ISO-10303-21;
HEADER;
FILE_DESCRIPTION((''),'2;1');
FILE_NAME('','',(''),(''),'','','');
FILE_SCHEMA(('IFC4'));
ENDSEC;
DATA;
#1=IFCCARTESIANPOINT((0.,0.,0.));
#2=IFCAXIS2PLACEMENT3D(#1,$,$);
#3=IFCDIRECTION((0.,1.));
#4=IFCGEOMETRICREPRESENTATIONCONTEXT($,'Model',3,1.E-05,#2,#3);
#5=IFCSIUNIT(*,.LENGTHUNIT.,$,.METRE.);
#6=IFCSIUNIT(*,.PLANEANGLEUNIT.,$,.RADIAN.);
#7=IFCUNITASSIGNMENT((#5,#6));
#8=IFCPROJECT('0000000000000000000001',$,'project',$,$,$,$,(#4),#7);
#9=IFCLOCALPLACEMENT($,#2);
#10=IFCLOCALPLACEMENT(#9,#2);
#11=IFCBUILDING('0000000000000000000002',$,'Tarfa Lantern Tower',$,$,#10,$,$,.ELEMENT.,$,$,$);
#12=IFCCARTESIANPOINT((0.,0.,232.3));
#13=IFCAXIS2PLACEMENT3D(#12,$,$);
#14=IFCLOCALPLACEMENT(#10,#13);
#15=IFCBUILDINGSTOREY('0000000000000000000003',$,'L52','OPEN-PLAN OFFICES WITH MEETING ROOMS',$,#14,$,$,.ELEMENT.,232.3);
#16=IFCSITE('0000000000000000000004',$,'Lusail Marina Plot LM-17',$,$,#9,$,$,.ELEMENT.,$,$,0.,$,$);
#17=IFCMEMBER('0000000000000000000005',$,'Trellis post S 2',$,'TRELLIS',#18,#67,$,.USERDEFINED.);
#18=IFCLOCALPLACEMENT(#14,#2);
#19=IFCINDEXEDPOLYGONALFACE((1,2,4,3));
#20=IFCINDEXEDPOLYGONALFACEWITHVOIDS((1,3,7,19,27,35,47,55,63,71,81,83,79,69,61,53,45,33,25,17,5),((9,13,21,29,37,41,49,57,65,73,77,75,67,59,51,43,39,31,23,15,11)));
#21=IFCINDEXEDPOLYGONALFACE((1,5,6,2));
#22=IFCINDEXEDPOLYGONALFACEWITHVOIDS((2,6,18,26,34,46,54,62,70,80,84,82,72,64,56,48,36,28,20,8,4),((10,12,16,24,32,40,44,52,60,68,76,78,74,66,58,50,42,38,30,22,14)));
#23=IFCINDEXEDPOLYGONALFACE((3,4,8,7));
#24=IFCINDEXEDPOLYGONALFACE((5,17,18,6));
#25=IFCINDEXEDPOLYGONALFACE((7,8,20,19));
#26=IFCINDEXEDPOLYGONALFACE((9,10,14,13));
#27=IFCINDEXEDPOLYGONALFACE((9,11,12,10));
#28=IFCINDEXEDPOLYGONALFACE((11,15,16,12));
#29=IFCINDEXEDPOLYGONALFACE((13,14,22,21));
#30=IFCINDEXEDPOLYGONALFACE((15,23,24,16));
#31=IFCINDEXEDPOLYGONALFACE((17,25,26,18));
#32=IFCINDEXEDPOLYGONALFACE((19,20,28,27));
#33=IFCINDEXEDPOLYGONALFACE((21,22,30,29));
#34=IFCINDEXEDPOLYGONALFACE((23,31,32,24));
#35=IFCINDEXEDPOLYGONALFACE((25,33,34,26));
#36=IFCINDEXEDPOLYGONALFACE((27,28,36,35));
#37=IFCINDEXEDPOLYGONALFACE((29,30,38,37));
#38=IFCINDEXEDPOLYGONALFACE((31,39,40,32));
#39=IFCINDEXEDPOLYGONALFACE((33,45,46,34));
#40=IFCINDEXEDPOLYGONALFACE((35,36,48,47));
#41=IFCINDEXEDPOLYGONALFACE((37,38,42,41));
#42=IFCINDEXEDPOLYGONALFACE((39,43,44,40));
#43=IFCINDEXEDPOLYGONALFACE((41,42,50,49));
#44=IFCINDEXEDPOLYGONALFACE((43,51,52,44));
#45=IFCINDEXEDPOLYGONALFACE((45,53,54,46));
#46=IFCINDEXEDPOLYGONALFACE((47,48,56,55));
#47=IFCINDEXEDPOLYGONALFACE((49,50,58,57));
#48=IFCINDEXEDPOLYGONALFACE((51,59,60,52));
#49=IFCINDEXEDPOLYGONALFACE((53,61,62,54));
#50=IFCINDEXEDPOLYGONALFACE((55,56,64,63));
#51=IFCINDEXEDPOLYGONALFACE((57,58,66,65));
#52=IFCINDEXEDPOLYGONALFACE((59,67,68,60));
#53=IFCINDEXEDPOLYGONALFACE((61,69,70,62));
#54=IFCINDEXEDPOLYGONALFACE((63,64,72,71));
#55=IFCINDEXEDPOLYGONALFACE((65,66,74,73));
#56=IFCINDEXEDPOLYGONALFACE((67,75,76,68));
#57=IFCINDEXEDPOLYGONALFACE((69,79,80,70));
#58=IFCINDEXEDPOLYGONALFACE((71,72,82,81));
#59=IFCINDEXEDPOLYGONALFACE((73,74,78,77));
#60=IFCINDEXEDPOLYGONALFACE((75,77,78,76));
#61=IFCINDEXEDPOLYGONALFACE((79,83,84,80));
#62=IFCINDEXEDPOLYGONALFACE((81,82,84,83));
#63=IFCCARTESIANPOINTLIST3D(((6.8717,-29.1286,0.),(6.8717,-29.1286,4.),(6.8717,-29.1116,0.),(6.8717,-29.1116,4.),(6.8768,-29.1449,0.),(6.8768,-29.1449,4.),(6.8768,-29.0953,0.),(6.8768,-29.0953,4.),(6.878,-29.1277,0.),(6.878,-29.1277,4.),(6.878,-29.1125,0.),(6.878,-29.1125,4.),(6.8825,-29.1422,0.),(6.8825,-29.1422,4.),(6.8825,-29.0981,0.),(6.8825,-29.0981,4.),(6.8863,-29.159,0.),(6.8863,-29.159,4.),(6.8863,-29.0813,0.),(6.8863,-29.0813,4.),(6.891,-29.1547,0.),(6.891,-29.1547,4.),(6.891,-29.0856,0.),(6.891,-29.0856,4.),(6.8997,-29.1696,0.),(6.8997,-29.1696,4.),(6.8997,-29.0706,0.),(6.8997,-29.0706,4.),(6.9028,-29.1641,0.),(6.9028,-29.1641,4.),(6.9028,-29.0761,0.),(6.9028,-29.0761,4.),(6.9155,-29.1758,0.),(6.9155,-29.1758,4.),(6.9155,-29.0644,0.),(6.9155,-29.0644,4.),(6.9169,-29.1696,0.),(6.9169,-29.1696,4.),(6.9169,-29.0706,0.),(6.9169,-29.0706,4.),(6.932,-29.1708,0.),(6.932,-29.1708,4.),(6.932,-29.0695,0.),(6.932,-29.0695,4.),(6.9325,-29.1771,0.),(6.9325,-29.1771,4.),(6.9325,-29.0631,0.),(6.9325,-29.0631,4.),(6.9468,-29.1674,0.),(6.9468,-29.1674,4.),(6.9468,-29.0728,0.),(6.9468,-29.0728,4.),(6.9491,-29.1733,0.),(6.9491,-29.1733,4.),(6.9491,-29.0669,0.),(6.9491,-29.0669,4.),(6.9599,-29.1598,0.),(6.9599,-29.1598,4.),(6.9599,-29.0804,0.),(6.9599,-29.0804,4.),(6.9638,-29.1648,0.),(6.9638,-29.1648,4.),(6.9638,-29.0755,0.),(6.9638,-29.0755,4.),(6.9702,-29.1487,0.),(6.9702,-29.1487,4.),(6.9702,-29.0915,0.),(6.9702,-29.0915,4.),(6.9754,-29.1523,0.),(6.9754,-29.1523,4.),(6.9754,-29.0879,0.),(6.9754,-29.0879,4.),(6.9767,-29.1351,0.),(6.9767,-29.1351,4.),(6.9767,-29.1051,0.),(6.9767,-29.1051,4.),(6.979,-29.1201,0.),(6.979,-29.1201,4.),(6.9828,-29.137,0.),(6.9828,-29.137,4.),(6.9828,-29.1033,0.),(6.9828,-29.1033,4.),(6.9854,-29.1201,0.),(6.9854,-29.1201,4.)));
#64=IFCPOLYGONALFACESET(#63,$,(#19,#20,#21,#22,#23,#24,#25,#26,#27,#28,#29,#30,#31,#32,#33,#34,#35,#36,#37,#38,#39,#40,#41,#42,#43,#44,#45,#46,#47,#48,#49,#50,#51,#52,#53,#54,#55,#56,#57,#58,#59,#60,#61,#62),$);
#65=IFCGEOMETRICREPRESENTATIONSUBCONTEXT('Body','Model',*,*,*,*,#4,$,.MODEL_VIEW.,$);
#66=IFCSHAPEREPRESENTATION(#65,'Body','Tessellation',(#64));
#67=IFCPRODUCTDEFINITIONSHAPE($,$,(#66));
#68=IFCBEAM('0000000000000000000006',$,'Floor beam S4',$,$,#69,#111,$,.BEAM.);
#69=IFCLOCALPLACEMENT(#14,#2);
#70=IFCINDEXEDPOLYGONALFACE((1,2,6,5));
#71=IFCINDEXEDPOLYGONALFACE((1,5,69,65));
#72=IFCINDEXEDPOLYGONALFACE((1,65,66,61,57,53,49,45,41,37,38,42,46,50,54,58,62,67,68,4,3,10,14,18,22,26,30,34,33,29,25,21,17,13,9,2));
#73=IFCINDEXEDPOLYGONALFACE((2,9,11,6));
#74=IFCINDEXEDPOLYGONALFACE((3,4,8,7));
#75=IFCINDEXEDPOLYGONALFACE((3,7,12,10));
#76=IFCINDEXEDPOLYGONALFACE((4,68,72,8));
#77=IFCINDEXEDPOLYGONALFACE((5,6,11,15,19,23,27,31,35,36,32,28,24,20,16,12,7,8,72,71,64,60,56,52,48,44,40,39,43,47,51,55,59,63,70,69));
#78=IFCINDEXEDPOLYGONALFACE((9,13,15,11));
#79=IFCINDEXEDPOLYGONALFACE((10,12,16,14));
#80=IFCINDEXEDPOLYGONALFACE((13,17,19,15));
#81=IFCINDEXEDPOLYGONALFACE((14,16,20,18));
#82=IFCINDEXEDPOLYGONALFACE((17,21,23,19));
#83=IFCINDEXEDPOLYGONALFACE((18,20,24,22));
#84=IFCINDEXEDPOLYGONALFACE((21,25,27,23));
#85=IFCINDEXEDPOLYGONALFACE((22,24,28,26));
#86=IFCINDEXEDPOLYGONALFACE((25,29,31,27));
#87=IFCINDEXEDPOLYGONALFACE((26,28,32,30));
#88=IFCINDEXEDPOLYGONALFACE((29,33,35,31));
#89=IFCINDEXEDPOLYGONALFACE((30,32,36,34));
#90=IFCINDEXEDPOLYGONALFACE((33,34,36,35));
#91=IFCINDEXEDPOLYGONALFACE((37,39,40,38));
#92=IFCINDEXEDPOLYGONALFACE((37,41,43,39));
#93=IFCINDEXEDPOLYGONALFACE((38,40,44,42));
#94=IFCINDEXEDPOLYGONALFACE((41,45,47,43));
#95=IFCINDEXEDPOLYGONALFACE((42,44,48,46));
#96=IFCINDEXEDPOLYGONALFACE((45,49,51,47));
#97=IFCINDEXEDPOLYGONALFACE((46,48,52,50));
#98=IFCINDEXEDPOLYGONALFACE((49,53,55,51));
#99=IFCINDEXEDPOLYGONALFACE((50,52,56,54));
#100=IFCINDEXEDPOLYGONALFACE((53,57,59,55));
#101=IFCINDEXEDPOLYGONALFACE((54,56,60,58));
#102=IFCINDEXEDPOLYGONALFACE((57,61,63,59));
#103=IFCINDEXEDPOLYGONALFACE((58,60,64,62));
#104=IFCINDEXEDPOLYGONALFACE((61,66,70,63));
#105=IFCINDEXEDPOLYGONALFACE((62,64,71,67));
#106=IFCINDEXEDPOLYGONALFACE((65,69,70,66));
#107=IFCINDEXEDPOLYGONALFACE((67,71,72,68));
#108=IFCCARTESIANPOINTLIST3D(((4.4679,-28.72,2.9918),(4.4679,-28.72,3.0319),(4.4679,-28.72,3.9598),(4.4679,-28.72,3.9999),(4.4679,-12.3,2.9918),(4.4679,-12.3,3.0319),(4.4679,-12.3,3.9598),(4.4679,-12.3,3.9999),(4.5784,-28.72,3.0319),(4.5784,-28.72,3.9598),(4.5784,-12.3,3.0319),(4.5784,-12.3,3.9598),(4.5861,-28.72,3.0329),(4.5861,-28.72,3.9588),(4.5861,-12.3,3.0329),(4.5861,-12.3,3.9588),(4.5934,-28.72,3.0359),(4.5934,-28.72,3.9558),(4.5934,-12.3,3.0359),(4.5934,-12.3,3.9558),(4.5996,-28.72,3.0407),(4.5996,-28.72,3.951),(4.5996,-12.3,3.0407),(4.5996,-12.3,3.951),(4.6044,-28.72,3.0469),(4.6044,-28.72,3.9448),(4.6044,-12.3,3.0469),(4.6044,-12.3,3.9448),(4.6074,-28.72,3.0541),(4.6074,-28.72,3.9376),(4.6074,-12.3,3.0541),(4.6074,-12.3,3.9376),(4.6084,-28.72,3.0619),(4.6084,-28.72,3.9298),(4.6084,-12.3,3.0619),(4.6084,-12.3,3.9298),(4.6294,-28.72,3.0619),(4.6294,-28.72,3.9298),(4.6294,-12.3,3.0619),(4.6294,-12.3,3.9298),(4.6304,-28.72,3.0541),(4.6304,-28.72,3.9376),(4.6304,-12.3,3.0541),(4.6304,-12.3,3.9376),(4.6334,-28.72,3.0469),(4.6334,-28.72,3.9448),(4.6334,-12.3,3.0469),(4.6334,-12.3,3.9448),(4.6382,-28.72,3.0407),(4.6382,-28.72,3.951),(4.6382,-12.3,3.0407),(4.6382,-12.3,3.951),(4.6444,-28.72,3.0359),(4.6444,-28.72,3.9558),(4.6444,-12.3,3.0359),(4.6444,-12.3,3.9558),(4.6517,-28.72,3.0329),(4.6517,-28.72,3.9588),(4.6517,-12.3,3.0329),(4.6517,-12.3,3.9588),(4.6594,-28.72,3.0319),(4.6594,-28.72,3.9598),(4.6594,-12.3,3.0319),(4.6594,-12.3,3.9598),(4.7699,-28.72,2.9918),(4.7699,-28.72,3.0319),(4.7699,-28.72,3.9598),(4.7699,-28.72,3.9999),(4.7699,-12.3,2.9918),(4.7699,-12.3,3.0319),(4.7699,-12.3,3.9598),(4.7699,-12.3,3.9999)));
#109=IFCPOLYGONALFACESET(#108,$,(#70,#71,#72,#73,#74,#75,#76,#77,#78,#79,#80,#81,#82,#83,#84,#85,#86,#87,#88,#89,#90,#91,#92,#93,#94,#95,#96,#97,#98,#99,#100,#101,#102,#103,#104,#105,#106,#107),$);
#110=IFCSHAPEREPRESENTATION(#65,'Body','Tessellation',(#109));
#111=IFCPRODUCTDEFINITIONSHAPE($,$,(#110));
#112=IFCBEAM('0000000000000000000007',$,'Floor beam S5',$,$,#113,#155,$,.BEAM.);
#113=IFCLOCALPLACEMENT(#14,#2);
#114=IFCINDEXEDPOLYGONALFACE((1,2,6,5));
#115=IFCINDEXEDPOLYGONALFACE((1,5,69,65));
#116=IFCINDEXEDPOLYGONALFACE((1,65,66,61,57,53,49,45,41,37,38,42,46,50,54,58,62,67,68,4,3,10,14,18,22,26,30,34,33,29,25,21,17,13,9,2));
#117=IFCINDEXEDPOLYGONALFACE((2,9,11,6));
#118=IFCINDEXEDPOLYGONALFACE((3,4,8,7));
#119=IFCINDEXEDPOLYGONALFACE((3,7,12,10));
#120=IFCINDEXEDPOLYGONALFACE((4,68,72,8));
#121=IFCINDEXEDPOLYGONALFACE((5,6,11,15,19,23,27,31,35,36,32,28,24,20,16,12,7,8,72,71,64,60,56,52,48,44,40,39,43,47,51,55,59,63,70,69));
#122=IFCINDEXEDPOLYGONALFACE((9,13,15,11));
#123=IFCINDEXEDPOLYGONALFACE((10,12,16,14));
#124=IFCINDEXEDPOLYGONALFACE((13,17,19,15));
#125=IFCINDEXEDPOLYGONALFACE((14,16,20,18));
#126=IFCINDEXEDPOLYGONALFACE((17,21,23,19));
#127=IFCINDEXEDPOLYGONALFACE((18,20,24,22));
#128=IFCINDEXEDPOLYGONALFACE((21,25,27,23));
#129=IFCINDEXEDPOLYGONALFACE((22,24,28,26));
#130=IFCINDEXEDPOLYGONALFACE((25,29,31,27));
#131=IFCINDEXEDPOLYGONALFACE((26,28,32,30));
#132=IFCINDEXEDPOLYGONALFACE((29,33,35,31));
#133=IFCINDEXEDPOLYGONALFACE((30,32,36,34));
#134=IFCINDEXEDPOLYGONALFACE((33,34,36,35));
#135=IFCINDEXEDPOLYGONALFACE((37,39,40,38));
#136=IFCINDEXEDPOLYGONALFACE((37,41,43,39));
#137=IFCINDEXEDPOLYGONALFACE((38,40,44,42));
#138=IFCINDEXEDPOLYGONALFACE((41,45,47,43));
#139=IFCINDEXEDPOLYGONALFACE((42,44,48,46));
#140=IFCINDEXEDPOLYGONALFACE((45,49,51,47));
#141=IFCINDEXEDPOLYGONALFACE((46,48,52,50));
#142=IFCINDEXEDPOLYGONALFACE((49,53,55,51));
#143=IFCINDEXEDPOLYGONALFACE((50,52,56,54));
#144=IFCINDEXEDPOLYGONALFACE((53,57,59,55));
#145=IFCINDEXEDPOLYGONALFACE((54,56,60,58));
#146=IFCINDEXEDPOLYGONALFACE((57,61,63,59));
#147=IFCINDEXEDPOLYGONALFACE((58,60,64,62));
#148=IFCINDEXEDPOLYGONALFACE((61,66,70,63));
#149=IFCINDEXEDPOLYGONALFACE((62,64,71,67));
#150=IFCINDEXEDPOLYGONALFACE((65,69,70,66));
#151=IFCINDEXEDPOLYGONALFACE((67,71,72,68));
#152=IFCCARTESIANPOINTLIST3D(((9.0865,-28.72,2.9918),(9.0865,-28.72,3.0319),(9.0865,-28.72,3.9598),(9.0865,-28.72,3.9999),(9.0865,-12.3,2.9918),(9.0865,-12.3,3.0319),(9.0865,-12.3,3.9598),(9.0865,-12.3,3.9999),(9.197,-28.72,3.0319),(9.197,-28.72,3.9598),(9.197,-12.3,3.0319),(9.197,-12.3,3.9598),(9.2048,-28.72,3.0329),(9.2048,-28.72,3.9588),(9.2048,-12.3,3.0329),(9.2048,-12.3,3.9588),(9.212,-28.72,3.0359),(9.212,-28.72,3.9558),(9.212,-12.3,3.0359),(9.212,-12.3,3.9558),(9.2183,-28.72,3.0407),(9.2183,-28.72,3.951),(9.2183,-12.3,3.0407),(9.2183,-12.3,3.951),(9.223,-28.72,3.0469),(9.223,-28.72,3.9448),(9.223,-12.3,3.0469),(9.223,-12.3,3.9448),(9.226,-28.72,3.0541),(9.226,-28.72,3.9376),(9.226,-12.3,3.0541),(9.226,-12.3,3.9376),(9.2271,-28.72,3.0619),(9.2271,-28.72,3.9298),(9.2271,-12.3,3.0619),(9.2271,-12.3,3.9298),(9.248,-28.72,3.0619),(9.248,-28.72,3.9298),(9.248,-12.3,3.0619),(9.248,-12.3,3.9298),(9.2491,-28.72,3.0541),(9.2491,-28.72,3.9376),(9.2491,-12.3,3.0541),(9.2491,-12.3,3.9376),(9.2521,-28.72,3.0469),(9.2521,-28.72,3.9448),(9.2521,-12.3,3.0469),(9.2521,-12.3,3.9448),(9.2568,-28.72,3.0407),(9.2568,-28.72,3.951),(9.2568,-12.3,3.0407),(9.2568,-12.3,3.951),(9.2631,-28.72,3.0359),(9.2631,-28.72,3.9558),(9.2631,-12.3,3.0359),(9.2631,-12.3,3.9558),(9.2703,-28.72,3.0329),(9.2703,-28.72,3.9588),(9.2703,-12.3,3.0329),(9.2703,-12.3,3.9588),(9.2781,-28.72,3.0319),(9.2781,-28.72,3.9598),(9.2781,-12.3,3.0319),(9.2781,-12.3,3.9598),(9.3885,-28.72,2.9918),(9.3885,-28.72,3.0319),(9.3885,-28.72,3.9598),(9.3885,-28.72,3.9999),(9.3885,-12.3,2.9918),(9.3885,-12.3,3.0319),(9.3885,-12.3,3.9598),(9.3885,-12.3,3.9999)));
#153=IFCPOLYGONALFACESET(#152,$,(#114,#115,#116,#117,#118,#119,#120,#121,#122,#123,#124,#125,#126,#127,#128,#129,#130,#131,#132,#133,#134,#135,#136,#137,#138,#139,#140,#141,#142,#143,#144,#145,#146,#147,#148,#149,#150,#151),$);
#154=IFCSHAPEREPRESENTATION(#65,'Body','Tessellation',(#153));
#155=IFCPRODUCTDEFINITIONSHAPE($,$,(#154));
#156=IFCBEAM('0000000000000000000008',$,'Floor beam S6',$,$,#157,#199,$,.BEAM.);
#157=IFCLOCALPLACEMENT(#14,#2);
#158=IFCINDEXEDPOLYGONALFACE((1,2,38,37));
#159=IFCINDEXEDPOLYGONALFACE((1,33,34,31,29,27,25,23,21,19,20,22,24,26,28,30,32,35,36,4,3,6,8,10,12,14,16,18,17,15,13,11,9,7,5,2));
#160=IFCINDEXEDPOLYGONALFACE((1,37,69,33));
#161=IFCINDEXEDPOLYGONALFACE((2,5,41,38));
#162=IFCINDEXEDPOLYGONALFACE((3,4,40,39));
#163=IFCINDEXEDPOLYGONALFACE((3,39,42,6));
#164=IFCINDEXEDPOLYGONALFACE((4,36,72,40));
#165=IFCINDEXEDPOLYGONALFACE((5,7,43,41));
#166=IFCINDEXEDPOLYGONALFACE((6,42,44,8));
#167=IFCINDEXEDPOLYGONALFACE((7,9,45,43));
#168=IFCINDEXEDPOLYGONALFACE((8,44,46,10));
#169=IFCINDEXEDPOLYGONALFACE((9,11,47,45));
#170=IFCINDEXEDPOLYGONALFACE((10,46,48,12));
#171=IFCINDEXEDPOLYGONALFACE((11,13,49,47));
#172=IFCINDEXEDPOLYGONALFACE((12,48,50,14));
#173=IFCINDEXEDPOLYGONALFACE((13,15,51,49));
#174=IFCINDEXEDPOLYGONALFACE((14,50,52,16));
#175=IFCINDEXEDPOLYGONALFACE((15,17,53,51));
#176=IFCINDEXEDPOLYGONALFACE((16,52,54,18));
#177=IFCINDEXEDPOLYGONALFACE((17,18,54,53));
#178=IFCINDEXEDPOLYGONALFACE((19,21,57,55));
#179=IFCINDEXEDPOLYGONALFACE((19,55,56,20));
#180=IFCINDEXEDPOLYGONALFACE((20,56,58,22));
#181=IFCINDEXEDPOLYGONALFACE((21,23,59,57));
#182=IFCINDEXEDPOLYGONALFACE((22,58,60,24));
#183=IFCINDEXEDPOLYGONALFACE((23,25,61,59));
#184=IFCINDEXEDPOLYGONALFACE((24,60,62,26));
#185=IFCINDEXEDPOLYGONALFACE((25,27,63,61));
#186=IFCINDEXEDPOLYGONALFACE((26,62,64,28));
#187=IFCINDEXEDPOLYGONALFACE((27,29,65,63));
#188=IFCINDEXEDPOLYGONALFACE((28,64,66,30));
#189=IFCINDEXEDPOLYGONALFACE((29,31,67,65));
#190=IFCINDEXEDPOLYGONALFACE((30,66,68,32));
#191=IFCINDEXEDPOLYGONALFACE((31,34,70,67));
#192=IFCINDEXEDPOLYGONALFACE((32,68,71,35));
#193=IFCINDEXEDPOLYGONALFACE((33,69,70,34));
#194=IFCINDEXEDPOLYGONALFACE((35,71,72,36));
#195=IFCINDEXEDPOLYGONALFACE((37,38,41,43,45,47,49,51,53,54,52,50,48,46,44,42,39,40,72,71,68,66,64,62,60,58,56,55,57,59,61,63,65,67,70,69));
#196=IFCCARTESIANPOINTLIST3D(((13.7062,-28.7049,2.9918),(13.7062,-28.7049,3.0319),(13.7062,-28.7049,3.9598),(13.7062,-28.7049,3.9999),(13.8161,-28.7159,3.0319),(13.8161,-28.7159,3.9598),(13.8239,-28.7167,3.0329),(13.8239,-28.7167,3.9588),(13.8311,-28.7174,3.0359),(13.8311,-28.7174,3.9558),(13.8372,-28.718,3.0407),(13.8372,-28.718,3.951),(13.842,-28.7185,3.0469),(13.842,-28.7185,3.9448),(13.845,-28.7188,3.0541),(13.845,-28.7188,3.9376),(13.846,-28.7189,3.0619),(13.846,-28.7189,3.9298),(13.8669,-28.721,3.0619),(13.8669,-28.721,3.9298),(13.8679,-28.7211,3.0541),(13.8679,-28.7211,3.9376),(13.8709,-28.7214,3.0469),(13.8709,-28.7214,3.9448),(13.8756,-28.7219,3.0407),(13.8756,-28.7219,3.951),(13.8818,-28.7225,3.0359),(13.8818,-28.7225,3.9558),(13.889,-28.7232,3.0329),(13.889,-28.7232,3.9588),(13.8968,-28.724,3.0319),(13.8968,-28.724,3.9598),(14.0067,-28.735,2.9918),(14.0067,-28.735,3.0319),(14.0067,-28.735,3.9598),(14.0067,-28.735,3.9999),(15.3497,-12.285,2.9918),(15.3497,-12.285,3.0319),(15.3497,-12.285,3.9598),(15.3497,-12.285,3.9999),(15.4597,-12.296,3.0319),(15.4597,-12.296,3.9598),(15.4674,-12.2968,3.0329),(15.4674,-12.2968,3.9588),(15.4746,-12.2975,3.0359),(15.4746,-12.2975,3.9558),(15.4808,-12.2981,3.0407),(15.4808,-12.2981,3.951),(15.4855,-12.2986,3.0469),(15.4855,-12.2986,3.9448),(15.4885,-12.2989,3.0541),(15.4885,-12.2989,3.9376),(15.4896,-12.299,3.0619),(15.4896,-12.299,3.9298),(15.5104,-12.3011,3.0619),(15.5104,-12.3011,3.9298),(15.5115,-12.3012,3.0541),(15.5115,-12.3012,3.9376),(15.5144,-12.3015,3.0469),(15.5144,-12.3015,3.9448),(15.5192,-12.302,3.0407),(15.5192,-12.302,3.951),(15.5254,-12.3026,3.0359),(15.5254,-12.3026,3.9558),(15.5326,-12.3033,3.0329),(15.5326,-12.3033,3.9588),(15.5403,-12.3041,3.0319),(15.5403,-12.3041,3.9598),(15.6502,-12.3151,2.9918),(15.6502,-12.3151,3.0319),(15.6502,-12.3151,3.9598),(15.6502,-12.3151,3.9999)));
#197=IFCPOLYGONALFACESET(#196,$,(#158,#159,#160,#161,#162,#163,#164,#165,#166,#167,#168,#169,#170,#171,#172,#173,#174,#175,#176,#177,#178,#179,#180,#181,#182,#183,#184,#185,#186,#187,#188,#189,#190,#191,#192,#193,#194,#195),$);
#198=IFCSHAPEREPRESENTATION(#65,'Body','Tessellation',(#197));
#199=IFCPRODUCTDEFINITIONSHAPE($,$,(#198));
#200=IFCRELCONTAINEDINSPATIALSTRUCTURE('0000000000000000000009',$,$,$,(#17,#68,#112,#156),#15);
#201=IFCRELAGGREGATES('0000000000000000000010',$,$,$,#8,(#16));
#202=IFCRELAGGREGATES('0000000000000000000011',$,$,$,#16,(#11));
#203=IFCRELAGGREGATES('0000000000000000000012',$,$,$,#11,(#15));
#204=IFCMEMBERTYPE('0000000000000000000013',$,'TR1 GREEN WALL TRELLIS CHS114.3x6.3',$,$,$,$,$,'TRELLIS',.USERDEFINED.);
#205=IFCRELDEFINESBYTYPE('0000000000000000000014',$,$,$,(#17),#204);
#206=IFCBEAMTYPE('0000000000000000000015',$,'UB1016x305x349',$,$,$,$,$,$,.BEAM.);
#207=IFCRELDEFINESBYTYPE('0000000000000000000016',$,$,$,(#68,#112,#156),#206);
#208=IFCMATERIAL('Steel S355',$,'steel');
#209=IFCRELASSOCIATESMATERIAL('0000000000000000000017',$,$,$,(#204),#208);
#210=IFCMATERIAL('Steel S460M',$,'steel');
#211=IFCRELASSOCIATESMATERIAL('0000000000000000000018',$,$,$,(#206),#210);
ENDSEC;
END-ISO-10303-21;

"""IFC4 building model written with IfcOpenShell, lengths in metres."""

from ifc_helpers import new_model, si_unit, direction, frame, origin, origin_2d, place, context, subcontext, project, spatial, hollow_circle, i_section, extrude, material, material_profile, profile_set, type_object, element, save


model = new_model("IFC4")

# Units and contexts
model_context = context("Model", 3, precision=1e-05, world=origin(), true_north=direction((0.0, 1.0)))
body_context = subcontext(model_context, "Body", "Model", "MODEL_VIEW")
ifc_project = project(units=[si_unit("LENGTHUNIT", "METRE"), si_unit("PLANEANGLEUNIT", "RADIAN")], contexts=[model_context])

# Site, building, storey
site_placement = place(None, origin())
site = spatial("IfcSite", under=ifc_project, at=site_placement, Name="Lusail Marina Plot LM-17", CompositionType="ELEMENT", RefElevation=0.0)
building_placement = place(site_placement, origin())
building = spatial("IfcBuilding", under=site, at=building_placement, Name="Tarfa Lantern Tower", CompositionType="ELEMENT")
storey_placement = place(building_placement, frame((0.0, 0.0, 232.3)))
storey = spatial("IfcBuildingStorey", under=building, at=storey_placement, Name="L52", Description="OPEN-PLAN OFFICES WITH MEETING ROOMS", CompositionType="ELEMENT", Elevation=232.3)

# Member
ifc_material_1 = material(Name="Steel S355", Category="steel")
ifc_material_profile_1 = material_profile(ifc_material_1, hollow_circle(Radius=0.0571, WallThickness=0.0063, at=origin_2d()), Name="CHS114.3x6.3")
ifc_profile_set_1 = profile_set([ifc_material_profile_1], Name="Steel S355")
member_type_1 = type_object("IfcMemberType", Name="TR1 GREEN WALL TRELLIS CHS114.3x6.3", ElementType="TRELLIS", PredefinedType="USERDEFINED", material=ifc_profile_set_1)
member_1_placement = place(storey_placement, frame((6.9282, -29.1201, 0.0), z_axis=(0.0, 0.0, 1.0), x_axis=(1.0, 0.0, 0.0)))
element("IfcMember", 1, at=member_1_placement, inside=storey, type_object=member_type_1, Name="Trellis post S 2", ObjectType="TRELLIS", PredefinedType="USERDEFINED", context=body_context, shape_type="SweptSolid", body=[
    extrude(hollow_circle(Radius=0.0571, WallThickness=0.0063, at=origin_2d()), origin(), (0.0, 0.0, 1.0), 4.0),
])

# Beams
ifc_material_2 = material(Name="Steel S460M", Category="steel")
ifc_material_profile_2 = material_profile(ifc_material_2, i_section(OverallWidth=0.302, OverallDepth=1.0081, WebThickness=0.021, FlangeThickness=0.04, FilletRadius=0.03, at=origin_2d()), Name="UB1016x305x349")
ifc_profile_set_2 = profile_set([ifc_material_profile_2], Name="Steel S460M")
beam_type_1 = type_object("IfcBeamType", Name="UB1016x305x349", PredefinedType="BEAM", material=ifc_profile_set_2)
for number, where, z_axis, x_axis, name in (
    (2, (4.6189, -28.72, 3.4958), (0.0, 1.0, 0.0), (-1.0, 0.0, 0.0), "Floor beam S4"),
    (3, (9.2375, -28.72, 3.4958), (0.0, 1.0, 0.0), (-1.0, 0.0, 0.0), "Floor beam S5"),
):
    element("IfcBeam", number, at=place(storey_placement, frame(where, z_axis=z_axis, x_axis=x_axis)), inside=storey, type_object=beam_type_1, Name=name, PredefinedType="BEAM", context=body_context, shape_type="SweptSolid", body=[
        extrude(i_section(OverallWidth=0.302, OverallDepth=1.0081, WebThickness=0.021, FlangeThickness=0.04, FilletRadius=0.03, at=origin_2d()), origin(), (0.0, 0.0, 1.0), 16.4199),
    ])
beam_1_placement = place(storey_placement, frame((13.8564, -28.72, 3.4958), z_axis=(0.099597, 0.995028, 0.0), x_axis=(-0.995028, 0.099597, 0.0)))
element("IfcBeam", 4, at=beam_1_placement, inside=storey, type_object=beam_type_1, Name="Floor beam S6", PredefinedType="BEAM", context=body_context, shape_type="SweptSolid", body=[
    extrude(i_section(OverallWidth=0.302, OverallDepth=1.0081, WebThickness=0.021, FlangeThickness=0.04, FilletRadius=0.03, at=origin_2d()), origin(), (0.0, 0.0, 1.0), 16.502),
])

save(model, "model.ifc")
